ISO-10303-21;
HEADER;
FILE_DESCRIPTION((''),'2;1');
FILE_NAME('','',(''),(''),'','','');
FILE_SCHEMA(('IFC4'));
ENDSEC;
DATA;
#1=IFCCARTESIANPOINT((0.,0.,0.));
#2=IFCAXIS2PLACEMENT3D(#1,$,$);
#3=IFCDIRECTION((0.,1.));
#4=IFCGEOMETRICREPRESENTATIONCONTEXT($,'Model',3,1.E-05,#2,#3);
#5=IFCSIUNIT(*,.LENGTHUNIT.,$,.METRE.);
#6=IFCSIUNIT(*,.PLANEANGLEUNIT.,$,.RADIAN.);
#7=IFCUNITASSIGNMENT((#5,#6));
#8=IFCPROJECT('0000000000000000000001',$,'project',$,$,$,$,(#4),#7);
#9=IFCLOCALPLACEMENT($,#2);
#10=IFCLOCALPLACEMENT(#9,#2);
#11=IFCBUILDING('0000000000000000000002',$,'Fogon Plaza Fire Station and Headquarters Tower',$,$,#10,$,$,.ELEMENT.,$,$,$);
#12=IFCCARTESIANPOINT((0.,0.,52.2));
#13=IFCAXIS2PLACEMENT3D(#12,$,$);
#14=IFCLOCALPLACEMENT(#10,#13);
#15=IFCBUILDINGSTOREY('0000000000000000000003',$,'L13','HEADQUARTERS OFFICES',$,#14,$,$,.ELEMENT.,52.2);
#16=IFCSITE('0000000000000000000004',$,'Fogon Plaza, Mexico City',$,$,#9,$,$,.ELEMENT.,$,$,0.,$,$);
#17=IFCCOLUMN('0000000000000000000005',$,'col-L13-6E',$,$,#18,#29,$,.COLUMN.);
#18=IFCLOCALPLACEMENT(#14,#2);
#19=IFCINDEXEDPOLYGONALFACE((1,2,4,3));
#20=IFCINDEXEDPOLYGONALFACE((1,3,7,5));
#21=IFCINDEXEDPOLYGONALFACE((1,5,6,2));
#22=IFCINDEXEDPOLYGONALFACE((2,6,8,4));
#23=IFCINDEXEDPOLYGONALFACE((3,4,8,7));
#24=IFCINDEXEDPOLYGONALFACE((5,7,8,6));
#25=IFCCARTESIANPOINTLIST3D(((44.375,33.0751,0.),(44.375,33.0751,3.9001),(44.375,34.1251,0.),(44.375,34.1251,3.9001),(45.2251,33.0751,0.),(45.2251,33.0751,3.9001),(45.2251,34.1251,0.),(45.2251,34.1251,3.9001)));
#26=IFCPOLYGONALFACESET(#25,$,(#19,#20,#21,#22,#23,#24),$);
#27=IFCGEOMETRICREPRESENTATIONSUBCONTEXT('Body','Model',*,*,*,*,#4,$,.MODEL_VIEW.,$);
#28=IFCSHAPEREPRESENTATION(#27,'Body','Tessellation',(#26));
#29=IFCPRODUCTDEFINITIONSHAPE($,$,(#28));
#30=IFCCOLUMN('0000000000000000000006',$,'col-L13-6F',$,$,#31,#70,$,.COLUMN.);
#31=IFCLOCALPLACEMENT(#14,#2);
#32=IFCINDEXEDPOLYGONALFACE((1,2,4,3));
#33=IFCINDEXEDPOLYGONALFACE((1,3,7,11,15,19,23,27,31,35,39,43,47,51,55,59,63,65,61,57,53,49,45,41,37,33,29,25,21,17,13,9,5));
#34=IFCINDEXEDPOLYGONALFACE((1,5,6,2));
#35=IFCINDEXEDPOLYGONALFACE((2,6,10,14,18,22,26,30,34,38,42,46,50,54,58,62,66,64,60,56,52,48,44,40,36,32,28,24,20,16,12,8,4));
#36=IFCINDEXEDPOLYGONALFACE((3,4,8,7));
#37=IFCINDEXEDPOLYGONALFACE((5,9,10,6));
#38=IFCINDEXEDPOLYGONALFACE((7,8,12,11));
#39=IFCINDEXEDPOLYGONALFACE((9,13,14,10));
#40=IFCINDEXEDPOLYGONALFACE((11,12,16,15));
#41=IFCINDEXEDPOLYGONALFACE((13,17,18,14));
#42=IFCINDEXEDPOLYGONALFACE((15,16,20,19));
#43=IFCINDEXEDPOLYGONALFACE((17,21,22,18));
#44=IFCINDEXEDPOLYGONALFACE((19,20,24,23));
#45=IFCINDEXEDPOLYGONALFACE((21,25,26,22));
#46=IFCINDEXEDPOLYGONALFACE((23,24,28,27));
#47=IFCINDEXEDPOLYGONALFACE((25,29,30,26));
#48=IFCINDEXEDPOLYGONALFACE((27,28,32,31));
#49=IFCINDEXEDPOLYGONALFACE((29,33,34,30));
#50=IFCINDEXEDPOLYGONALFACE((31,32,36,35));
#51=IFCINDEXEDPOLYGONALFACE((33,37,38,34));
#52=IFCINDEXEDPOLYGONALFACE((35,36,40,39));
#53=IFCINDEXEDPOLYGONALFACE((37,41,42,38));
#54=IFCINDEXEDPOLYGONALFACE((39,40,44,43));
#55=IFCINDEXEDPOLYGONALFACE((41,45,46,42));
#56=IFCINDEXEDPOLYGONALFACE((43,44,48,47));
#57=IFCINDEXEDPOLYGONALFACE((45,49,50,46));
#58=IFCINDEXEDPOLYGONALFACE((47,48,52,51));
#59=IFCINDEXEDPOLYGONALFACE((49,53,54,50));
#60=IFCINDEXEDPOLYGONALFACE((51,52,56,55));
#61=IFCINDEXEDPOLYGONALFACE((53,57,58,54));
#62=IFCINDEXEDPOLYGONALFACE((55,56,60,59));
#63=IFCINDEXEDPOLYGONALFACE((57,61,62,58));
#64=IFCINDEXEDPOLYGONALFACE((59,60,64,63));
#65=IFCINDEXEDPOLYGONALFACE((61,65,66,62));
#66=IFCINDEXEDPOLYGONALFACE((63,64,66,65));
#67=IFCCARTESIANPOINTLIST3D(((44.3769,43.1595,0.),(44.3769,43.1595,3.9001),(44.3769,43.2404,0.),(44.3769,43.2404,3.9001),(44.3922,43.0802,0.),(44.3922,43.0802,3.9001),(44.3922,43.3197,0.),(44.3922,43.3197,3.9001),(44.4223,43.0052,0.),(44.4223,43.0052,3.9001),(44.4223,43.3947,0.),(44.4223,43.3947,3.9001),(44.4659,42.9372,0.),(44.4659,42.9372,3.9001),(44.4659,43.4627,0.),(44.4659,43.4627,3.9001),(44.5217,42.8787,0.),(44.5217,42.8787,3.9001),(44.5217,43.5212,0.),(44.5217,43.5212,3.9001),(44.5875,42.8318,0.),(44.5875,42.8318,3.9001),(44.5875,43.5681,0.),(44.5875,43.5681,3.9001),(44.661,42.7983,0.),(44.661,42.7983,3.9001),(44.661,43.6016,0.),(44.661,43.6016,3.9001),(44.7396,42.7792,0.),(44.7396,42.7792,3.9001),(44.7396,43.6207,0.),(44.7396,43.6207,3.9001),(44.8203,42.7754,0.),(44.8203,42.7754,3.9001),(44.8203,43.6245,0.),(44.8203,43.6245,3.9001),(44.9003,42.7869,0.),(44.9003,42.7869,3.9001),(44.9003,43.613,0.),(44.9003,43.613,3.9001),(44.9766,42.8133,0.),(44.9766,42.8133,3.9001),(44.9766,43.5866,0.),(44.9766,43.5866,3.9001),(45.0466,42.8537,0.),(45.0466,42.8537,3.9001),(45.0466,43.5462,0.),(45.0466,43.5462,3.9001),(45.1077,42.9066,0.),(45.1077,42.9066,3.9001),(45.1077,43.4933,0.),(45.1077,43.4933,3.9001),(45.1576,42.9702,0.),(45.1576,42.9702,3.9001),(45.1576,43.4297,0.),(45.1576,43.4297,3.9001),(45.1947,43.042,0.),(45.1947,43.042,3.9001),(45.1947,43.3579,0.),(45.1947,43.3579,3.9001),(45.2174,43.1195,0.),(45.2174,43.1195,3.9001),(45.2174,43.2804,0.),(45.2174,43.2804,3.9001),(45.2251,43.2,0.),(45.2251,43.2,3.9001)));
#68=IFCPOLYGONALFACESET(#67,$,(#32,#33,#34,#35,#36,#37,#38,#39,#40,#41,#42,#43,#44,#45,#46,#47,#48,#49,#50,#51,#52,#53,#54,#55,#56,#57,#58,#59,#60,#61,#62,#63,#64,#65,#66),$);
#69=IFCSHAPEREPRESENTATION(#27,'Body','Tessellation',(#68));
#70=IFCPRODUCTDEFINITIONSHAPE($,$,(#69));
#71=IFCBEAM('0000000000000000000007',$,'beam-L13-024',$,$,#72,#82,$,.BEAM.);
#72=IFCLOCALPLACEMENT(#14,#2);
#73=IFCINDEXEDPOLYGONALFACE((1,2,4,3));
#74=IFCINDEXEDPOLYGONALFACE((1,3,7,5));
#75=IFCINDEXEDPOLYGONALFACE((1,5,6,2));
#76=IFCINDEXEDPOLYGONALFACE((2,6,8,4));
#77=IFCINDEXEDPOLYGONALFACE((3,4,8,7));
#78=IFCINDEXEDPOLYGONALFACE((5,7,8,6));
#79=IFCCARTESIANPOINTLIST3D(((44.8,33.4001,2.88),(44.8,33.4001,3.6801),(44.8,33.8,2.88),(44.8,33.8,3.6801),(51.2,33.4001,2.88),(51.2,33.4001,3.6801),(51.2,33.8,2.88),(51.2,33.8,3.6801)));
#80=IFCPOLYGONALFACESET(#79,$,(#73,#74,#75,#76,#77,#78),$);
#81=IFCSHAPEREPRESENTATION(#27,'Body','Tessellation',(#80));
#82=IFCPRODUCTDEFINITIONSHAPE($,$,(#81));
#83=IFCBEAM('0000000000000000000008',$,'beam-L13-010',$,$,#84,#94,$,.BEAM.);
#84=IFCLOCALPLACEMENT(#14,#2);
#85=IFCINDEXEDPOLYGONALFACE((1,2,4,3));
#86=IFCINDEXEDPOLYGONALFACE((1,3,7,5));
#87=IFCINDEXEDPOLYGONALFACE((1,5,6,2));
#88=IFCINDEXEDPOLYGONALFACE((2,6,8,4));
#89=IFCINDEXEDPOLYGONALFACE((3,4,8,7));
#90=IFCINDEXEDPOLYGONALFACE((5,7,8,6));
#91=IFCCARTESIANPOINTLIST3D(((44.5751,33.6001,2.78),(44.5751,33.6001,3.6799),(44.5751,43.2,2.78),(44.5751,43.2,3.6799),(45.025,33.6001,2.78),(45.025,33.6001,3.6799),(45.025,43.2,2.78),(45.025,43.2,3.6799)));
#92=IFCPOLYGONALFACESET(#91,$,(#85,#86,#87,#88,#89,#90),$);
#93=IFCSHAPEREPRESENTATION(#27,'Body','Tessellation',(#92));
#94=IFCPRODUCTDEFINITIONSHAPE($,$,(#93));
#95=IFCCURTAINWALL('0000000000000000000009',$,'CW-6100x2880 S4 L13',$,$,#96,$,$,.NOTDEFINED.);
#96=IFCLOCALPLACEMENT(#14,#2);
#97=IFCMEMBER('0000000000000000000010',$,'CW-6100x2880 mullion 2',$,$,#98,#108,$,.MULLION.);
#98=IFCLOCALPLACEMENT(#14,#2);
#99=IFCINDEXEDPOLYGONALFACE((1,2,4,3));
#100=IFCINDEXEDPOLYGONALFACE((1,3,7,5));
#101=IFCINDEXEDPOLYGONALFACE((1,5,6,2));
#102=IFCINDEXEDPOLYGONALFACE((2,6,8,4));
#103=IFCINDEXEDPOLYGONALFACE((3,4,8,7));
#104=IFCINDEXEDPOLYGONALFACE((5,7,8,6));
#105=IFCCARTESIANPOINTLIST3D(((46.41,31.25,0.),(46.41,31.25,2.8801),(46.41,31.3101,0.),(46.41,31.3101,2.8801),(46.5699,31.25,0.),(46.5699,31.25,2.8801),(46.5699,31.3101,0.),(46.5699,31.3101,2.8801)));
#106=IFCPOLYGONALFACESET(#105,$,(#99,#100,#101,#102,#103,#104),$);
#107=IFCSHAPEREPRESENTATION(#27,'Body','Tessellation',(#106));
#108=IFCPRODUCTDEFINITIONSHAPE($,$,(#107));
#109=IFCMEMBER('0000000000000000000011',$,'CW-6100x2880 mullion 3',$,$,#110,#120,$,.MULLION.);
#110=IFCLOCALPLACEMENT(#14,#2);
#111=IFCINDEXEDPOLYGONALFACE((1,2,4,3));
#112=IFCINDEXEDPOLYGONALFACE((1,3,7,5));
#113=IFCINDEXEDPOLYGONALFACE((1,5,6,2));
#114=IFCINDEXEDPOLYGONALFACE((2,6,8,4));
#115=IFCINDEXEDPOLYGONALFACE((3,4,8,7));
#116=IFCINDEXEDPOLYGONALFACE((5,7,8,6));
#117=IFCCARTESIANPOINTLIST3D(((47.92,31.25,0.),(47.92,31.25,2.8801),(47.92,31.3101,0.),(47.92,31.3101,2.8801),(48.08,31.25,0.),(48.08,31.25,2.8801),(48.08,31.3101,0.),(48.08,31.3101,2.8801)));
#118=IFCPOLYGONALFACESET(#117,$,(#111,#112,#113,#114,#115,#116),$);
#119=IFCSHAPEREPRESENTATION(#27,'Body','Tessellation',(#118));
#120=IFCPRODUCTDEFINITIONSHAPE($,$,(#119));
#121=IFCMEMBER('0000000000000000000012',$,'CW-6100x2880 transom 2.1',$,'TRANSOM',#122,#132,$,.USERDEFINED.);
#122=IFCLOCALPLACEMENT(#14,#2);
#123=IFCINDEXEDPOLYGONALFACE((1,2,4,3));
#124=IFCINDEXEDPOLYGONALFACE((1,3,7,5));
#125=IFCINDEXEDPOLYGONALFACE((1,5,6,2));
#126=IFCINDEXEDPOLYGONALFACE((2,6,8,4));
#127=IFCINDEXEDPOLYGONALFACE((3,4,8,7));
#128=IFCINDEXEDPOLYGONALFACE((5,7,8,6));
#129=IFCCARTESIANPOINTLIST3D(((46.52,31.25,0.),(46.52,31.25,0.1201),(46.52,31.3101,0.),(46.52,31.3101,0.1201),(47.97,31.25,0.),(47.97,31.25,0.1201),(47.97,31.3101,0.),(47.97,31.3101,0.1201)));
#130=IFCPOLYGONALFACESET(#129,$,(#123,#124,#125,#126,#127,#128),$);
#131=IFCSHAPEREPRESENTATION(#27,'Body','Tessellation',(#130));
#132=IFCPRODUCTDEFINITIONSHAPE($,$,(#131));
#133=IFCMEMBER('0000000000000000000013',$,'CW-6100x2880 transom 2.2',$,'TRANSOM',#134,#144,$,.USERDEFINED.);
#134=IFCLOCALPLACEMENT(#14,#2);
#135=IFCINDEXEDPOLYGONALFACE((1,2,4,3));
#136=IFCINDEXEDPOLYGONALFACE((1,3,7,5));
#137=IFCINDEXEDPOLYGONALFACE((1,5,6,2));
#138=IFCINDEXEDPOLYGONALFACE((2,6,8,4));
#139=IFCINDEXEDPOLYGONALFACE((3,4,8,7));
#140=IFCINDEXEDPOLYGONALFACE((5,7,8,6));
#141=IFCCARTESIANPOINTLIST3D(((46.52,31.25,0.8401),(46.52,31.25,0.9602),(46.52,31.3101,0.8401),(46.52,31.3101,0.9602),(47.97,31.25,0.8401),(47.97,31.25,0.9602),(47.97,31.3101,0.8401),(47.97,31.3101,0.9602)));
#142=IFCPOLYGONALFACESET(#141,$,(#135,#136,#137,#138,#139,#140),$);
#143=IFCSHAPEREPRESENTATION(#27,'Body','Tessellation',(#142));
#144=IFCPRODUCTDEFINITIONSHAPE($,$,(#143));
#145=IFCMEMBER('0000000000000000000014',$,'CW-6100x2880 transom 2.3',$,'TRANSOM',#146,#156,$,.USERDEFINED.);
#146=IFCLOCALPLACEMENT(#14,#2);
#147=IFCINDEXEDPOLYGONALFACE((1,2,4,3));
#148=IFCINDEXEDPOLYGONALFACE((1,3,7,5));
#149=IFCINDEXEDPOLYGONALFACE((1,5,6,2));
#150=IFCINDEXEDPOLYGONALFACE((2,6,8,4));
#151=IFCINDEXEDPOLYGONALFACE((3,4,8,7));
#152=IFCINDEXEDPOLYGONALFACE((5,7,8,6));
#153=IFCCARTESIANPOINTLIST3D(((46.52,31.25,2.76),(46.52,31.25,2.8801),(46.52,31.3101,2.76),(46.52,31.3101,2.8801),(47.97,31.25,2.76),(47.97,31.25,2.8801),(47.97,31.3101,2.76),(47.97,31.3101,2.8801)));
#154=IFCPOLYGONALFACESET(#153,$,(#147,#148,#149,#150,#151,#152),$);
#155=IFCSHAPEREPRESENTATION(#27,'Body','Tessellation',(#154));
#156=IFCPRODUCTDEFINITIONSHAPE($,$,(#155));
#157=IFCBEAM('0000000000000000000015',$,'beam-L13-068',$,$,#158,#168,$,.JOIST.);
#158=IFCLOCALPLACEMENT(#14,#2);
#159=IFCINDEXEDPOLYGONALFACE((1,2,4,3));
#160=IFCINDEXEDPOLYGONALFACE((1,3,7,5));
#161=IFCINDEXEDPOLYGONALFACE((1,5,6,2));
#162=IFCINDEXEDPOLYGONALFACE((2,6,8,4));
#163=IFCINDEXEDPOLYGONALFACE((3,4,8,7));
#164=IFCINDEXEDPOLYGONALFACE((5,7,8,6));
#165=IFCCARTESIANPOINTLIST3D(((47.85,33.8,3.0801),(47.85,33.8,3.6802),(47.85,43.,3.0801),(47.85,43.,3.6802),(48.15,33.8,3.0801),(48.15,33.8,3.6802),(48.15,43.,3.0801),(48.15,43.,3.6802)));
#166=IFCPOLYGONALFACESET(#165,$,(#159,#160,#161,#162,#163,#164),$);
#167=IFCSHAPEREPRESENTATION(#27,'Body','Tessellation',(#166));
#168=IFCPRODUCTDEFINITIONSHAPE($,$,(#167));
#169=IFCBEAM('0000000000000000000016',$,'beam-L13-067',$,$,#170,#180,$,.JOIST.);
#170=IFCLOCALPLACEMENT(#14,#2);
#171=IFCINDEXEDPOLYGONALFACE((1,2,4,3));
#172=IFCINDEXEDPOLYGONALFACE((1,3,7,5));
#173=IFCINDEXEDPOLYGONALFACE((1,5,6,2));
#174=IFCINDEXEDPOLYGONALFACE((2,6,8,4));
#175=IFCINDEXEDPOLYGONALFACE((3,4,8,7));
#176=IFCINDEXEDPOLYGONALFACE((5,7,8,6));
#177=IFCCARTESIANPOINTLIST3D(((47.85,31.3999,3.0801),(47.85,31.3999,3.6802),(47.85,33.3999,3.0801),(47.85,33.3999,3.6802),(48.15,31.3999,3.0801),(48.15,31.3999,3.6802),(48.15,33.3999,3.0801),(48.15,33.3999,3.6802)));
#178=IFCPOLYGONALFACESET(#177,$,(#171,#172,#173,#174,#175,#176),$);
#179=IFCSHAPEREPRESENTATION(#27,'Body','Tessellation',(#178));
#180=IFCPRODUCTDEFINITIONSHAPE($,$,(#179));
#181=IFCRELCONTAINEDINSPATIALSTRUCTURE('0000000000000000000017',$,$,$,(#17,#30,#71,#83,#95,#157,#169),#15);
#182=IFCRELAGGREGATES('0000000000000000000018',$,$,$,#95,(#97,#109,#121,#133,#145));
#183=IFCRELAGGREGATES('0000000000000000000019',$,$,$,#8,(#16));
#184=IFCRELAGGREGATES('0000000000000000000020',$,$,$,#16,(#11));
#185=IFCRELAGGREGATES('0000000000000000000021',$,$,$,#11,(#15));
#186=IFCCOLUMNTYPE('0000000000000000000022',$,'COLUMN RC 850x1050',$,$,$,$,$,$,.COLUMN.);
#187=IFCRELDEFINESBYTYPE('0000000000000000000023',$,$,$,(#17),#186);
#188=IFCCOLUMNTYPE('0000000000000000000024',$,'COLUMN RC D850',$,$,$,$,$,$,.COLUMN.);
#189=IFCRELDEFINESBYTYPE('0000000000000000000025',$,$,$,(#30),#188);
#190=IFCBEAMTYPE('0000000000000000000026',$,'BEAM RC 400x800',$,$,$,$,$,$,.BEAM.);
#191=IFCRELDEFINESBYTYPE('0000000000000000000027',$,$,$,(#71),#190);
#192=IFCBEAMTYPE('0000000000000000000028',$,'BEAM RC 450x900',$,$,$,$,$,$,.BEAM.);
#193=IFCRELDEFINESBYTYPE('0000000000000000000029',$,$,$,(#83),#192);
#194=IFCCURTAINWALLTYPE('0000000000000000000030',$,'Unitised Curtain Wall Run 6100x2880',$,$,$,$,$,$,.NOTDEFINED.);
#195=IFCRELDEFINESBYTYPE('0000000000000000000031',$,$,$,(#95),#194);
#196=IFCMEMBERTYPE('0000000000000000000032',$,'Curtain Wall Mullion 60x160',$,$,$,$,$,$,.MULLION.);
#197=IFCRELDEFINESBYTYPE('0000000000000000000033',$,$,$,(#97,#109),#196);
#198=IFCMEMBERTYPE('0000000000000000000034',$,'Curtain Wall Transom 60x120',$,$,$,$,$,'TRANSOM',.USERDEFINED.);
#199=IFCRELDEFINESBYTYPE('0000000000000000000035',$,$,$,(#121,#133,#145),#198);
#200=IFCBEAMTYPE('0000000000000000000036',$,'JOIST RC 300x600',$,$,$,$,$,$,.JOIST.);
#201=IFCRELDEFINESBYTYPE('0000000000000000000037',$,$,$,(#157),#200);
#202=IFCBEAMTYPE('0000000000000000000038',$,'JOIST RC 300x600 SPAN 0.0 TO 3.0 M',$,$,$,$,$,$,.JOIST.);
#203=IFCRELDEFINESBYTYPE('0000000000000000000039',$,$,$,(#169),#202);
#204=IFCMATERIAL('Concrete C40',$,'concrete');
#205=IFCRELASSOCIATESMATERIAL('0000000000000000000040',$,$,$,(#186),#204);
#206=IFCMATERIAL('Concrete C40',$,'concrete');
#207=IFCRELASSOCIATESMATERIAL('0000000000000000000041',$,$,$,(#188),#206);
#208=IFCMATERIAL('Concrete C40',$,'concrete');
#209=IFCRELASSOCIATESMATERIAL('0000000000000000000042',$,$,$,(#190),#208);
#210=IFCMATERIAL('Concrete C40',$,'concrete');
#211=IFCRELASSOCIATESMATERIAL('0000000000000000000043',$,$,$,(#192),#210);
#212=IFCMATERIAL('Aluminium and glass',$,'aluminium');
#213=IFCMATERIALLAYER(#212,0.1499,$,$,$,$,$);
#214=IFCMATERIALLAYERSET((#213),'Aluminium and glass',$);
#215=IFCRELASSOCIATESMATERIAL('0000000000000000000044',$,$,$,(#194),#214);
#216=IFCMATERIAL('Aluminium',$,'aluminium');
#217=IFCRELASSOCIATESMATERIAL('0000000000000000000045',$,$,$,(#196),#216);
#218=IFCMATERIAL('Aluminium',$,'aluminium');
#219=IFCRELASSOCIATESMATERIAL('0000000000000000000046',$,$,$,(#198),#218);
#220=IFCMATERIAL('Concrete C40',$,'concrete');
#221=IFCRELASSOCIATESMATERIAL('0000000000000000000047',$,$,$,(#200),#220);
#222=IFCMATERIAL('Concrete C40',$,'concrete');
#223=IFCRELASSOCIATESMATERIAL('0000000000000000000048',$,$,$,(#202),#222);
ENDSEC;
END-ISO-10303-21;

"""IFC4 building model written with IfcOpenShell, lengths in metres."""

from ifc_helpers import new_model, si_unit, direction, frame, origin, origin_2d, place, context, subcontext, project, spatial, rectangle, circle, extrude, material, layer, layer_set, material_profile, profile_set, type_object, element, aggregate, save


model = new_model("IFC4")

# Units and contexts
model_context = context("Model", 3, precision=1e-05, world=origin(), true_north=direction((0.0, 1.0)))
body_context = subcontext(model_context, "Body", "Model", "MODEL_VIEW")
ifc_project = project(units=[si_unit("LENGTHUNIT", "METRE"), si_unit("PLANEANGLEUNIT", "RADIAN")], contexts=[model_context])

# Site, building, storey
site_placement = place(None, origin())
site = spatial("IfcSite", under=ifc_project, at=site_placement, Name="Fogon Plaza, Mexico City", CompositionType="ELEMENT", RefElevation=0.0)
building_placement = place(site_placement, origin())
building = spatial("IfcBuilding", under=site, at=building_placement, Name="Fogon Plaza Fire Station and Headquarters Tower", CompositionType="ELEMENT")
storey_placement = place(building_placement, frame((0.0, 0.0, 52.2)))
storey = spatial("IfcBuildingStorey", under=building, at=storey_placement, Name="L13", Description="HEADQUARTERS OFFICES", CompositionType="ELEMENT", Elevation=52.2)

# Columns
ifc_material_1 = material(Name="Concrete C40", Category="concrete")
ifc_material_profile_1 = material_profile(ifc_material_1, rectangle(XDim=0.8501, YDim=1.05, at=origin_2d()), Name="RC 850x1050")
ifc_profile_set_1 = profile_set([ifc_material_profile_1], Name="Concrete C40")
column_type_1 = type_object("IfcColumnType", Name="COLUMN RC 850x1050", PredefinedType="COLUMN", material=ifc_profile_set_1)
column_1_placement = place(storey_placement, frame((44.8, 33.6001, 0.0), z_axis=(0.0, 0.0, 1.0), x_axis=(1.0, 0.0, 0.0)))
element("IfcColumn", 1, at=column_1_placement, inside=storey, type_object=column_type_1, Name="col-L13-6E", PredefinedType="COLUMN", context=body_context, shape_type="SweptSolid", body=[
    extrude(rectangle(XDim=0.8501, YDim=1.05, at=origin_2d()), origin(), (0.0, 0.0, 1.0), 3.9001),
])
ifc_material_2 = material(Name="Concrete C40", Category="concrete")
ifc_material_profile_2 = material_profile(ifc_material_2, circle(Radius=0.425, at=origin_2d()), Name="RC D850")
ifc_profile_set_2 = profile_set([ifc_material_profile_2], Name="Concrete C40")
column_type_2 = type_object("IfcColumnType", Name="COLUMN RC D850", PredefinedType="COLUMN", material=ifc_profile_set_2)
column_2_placement = place(storey_placement, frame((44.8, 43.2, 0.0), z_axis=(0.0, 0.0, 1.0), x_axis=(1.0, 0.0, 0.0)))
element("IfcColumn", 2, at=column_2_placement, inside=storey, type_object=column_type_2, Name="col-L13-6F", PredefinedType="COLUMN", context=body_context, shape_type="SweptSolid", body=[
    extrude(circle(Radius=0.425, at=origin_2d()), origin(), (0.0, 0.0, 1.0), 3.9001),
])

# Beams
ifc_material_3 = material(Name="Concrete C40", Category="concrete")
ifc_material_profile_3 = material_profile(ifc_material_3, rectangle(XDim=0.3999, YDim=0.8, at=origin_2d()), Name="RC 400x800")
ifc_profile_set_3 = profile_set([ifc_material_profile_3], Name="Concrete C40")
beam_type_1 = type_object("IfcBeamType", Name="BEAM RC 400x800", PredefinedType="BEAM", material=ifc_profile_set_3)
beam_1_placement = place(storey_placement, frame((44.8, 33.6001, 3.28), z_axis=(1.0, 0.0, 0.0), x_axis=(0.0, 1.0, 0.0)))
element("IfcBeam", 3, at=beam_1_placement, inside=storey, type_object=beam_type_1, Name="beam-L13-024", PredefinedType="BEAM", context=body_context, shape_type="SweptSolid", body=[
    extrude(rectangle(XDim=0.3999, YDim=0.8, at=origin_2d()), origin(), (0.0, 0.0, 1.0), 6.3999),
])
ifc_material_4 = material(Name="Concrete C40", Category="concrete")
ifc_material_profile_4 = material_profile(ifc_material_4, rectangle(XDim=0.45, YDim=0.8999, at=origin_2d()), Name="RC 450x900")
ifc_profile_set_4 = profile_set([ifc_material_profile_4], Name="Concrete C40")
beam_type_2 = type_object("IfcBeamType", Name="BEAM RC 450x900", PredefinedType="BEAM", material=ifc_profile_set_4)
beam_2_placement = place(storey_placement, frame((44.8, 33.6001, 3.23), z_axis=(0.0, 1.0, 0.0), x_axis=(-1.0, 0.0, 0.0)))
element("IfcBeam", 4, at=beam_2_placement, inside=storey, type_object=beam_type_2, Name="beam-L13-010", PredefinedType="BEAM", context=body_context, shape_type="SweptSolid", body=[
    extrude(rectangle(XDim=0.45, YDim=0.8999, at=origin_2d()), origin(), (0.0, 0.0, 1.0), 9.5999),
])

# Curtain wall, members
ifc_material_5 = material(Name="Aluminium and glass", Category="aluminium")
ifc_layer_1 = layer(ifc_material_5, 0.1499)
ifc_layer_set_1 = layer_set([ifc_layer_1], Name="Aluminium and glass")
curtain_wall_type = type_object("IfcCurtainWallType", Name="Unitised Curtain Wall Run 6100x2880", PredefinedType="NOTDEFINED", material=ifc_layer_set_1)
curtain_wall_placement = place(storey_placement, origin())
curtain_wall = element("IfcCurtainWall", 5, at=curtain_wall_placement, inside=storey, type_object=curtain_wall_type, Name="CW-6100x2880 S4 L13", PredefinedType="NOTDEFINED")
ifc_material_6 = material(Name="Aluminium", Category="aluminium")
ifc_material_profile_5 = material_profile(ifc_material_6, rectangle(XDim=0.0601, YDim=0.1599, at=origin_2d()), Name="Curtain Wall Mullion 60x160")
ifc_profile_set_5 = profile_set([ifc_material_profile_5], Name="Aluminium")
member_type_1 = type_object("IfcMemberType", Name="Curtain Wall Mullion 60x160", PredefinedType="MULLION", material=ifc_profile_set_5)
member_1_placement = place(storey_placement, frame((46.49, 31.28, 0.0), z_axis=(0.0, 0.0, 1.0), x_axis=(0.0, 1.0, 0.0)))
member_1 = element("IfcMember", 6, at=member_1_placement, type_object=member_type_1, Name="CW-6100x2880 mullion 2", PredefinedType="MULLION", context=body_context, shape_type="SweptSolid", body=[
    extrude(rectangle(XDim=0.0601, YDim=0.1599, at=origin_2d()), origin(), (0.0, 0.0, 1.0), 2.8801),
])
member_2_placement = place(storey_placement, frame((48.0, 31.28, 0.0), z_axis=(0.0, 0.0, 1.0), x_axis=(0.0, 1.0, 0.0)))
member_2 = element("IfcMember", 7, at=member_2_placement, type_object=member_type_1, Name="CW-6100x2880 mullion 3", PredefinedType="MULLION", context=body_context, shape_type="SweptSolid", body=[
    extrude(rectangle(XDim=0.0601, YDim=0.1599, at=origin_2d()), origin(), (0.0, 0.0, 1.0), 2.8801),
])
ifc_material_7 = material(Name="Aluminium", Category="aluminium")
ifc_material_profile_6 = material_profile(ifc_material_7, rectangle(XDim=0.0601, YDim=0.1201, at=origin_2d()), Name="Curtain Wall Transom 60x120")
ifc_profile_set_6 = profile_set([ifc_material_profile_6], Name="Aluminium")
member_type_2 = type_object("IfcMemberType", Name="Curtain Wall Transom 60x120", ElementType="TRANSOM", PredefinedType="USERDEFINED", material=ifc_profile_set_6)
member_3_placement = place(storey_placement, frame((46.52, 31.28, 0.0601), z_axis=(1.0, 0.0, 0.0), x_axis=(0.0, 1.0, 0.0)))
member_3 = element("IfcMember", 8, at=member_3_placement, type_object=member_type_2, Name="CW-6100x2880 transom 2.1", ObjectType="TRANSOM", PredefinedType="USERDEFINED", context=body_context, shape_type="SweptSolid", body=[
    extrude(rectangle(XDim=0.0601, YDim=0.1201, at=origin_2d()), origin(), (0.0, 0.0, 1.0), 1.45),
])
member_4_placement = place(storey_placement, frame((46.52, 31.28, 0.9001), z_axis=(1.0, 0.0, 0.0), x_axis=(0.0, 1.0, 0.0)))
member_4 = element("IfcMember", 9, at=member_4_placement, type_object=member_type_2, Name="CW-6100x2880 transom 2.2", ObjectType="TRANSOM", PredefinedType="USERDEFINED", context=body_context, shape_type="SweptSolid", body=[
    extrude(rectangle(XDim=0.0601, YDim=0.1201, at=origin_2d()), origin(), (0.0, 0.0, 1.0), 1.45),
])
member_5_placement = place(storey_placement, frame((46.52, 31.28, 2.8201), z_axis=(1.0, 0.0, 0.0), x_axis=(0.0, 1.0, 0.0)))
member_5 = element("IfcMember", 10, at=member_5_placement, type_object=member_type_2, Name="CW-6100x2880 transom 2.3", ObjectType="TRANSOM", PredefinedType="USERDEFINED", context=body_context, shape_type="SweptSolid", body=[
    extrude(rectangle(XDim=0.0601, YDim=0.1201, at=origin_2d()), origin(), (0.0, 0.0, 1.0), 1.45),
])

# Beams
ifc_material_8 = material(Name="Concrete C40", Category="concrete")
ifc_material_profile_7 = material_profile(ifc_material_8, rectangle(XDim=0.3, YDim=0.6001, at=origin_2d()), Name="RC 300x600")
ifc_profile_set_7 = profile_set([ifc_material_profile_7], Name="Concrete C40")
beam_type_3 = type_object("IfcBeamType", Name="JOIST RC 300x600", PredefinedType="JOIST", material=ifc_profile_set_7)
beam_3_placement = place(storey_placement, frame((48.0, 33.8, 3.3801), z_axis=(0.0, 1.0, 0.0), x_axis=(-1.0, 0.0, 0.0)))
element("IfcBeam", 11, at=beam_3_placement, inside=storey, type_object=beam_type_3, Name="beam-L13-068", PredefinedType="JOIST", context=body_context, shape_type="SweptSolid", body=[
    extrude(rectangle(XDim=0.3, YDim=0.6001, at=origin_2d()), origin(), (0.0, 0.0, 1.0), 9.2),
])
ifc_material_9 = material(Name="Concrete C40", Category="concrete")
ifc_material_profile_8 = material_profile(ifc_material_9, rectangle(XDim=0.3, YDim=0.6001, at=origin_2d()), Name="RC 300x600")
ifc_profile_set_8 = profile_set([ifc_material_profile_8], Name="Concrete C40")
beam_type_4 = type_object("IfcBeamType", Name="JOIST RC 300x600 SPAN 0.0 TO 3.0 M", PredefinedType="JOIST", material=ifc_profile_set_8)
beam_4_placement = place(storey_placement, frame((48.0, 31.3999, 3.3801), z_axis=(0.0, 1.0, 0.0), x_axis=(-1.0, 0.0, 0.0)))
element("IfcBeam", 12, at=beam_4_placement, inside=storey, type_object=beam_type_4, Name="beam-L13-067", PredefinedType="JOIST", context=body_context, shape_type="SweptSolid", body=[
    extrude(rectangle(XDim=0.3, YDim=0.6001, at=origin_2d()), origin(), (0.0, 0.0, 1.0), 2.0),
])

aggregate(curtain_wall, [member_1, member_2, member_3, member_4, member_5])

save(model, "model.ifc")
